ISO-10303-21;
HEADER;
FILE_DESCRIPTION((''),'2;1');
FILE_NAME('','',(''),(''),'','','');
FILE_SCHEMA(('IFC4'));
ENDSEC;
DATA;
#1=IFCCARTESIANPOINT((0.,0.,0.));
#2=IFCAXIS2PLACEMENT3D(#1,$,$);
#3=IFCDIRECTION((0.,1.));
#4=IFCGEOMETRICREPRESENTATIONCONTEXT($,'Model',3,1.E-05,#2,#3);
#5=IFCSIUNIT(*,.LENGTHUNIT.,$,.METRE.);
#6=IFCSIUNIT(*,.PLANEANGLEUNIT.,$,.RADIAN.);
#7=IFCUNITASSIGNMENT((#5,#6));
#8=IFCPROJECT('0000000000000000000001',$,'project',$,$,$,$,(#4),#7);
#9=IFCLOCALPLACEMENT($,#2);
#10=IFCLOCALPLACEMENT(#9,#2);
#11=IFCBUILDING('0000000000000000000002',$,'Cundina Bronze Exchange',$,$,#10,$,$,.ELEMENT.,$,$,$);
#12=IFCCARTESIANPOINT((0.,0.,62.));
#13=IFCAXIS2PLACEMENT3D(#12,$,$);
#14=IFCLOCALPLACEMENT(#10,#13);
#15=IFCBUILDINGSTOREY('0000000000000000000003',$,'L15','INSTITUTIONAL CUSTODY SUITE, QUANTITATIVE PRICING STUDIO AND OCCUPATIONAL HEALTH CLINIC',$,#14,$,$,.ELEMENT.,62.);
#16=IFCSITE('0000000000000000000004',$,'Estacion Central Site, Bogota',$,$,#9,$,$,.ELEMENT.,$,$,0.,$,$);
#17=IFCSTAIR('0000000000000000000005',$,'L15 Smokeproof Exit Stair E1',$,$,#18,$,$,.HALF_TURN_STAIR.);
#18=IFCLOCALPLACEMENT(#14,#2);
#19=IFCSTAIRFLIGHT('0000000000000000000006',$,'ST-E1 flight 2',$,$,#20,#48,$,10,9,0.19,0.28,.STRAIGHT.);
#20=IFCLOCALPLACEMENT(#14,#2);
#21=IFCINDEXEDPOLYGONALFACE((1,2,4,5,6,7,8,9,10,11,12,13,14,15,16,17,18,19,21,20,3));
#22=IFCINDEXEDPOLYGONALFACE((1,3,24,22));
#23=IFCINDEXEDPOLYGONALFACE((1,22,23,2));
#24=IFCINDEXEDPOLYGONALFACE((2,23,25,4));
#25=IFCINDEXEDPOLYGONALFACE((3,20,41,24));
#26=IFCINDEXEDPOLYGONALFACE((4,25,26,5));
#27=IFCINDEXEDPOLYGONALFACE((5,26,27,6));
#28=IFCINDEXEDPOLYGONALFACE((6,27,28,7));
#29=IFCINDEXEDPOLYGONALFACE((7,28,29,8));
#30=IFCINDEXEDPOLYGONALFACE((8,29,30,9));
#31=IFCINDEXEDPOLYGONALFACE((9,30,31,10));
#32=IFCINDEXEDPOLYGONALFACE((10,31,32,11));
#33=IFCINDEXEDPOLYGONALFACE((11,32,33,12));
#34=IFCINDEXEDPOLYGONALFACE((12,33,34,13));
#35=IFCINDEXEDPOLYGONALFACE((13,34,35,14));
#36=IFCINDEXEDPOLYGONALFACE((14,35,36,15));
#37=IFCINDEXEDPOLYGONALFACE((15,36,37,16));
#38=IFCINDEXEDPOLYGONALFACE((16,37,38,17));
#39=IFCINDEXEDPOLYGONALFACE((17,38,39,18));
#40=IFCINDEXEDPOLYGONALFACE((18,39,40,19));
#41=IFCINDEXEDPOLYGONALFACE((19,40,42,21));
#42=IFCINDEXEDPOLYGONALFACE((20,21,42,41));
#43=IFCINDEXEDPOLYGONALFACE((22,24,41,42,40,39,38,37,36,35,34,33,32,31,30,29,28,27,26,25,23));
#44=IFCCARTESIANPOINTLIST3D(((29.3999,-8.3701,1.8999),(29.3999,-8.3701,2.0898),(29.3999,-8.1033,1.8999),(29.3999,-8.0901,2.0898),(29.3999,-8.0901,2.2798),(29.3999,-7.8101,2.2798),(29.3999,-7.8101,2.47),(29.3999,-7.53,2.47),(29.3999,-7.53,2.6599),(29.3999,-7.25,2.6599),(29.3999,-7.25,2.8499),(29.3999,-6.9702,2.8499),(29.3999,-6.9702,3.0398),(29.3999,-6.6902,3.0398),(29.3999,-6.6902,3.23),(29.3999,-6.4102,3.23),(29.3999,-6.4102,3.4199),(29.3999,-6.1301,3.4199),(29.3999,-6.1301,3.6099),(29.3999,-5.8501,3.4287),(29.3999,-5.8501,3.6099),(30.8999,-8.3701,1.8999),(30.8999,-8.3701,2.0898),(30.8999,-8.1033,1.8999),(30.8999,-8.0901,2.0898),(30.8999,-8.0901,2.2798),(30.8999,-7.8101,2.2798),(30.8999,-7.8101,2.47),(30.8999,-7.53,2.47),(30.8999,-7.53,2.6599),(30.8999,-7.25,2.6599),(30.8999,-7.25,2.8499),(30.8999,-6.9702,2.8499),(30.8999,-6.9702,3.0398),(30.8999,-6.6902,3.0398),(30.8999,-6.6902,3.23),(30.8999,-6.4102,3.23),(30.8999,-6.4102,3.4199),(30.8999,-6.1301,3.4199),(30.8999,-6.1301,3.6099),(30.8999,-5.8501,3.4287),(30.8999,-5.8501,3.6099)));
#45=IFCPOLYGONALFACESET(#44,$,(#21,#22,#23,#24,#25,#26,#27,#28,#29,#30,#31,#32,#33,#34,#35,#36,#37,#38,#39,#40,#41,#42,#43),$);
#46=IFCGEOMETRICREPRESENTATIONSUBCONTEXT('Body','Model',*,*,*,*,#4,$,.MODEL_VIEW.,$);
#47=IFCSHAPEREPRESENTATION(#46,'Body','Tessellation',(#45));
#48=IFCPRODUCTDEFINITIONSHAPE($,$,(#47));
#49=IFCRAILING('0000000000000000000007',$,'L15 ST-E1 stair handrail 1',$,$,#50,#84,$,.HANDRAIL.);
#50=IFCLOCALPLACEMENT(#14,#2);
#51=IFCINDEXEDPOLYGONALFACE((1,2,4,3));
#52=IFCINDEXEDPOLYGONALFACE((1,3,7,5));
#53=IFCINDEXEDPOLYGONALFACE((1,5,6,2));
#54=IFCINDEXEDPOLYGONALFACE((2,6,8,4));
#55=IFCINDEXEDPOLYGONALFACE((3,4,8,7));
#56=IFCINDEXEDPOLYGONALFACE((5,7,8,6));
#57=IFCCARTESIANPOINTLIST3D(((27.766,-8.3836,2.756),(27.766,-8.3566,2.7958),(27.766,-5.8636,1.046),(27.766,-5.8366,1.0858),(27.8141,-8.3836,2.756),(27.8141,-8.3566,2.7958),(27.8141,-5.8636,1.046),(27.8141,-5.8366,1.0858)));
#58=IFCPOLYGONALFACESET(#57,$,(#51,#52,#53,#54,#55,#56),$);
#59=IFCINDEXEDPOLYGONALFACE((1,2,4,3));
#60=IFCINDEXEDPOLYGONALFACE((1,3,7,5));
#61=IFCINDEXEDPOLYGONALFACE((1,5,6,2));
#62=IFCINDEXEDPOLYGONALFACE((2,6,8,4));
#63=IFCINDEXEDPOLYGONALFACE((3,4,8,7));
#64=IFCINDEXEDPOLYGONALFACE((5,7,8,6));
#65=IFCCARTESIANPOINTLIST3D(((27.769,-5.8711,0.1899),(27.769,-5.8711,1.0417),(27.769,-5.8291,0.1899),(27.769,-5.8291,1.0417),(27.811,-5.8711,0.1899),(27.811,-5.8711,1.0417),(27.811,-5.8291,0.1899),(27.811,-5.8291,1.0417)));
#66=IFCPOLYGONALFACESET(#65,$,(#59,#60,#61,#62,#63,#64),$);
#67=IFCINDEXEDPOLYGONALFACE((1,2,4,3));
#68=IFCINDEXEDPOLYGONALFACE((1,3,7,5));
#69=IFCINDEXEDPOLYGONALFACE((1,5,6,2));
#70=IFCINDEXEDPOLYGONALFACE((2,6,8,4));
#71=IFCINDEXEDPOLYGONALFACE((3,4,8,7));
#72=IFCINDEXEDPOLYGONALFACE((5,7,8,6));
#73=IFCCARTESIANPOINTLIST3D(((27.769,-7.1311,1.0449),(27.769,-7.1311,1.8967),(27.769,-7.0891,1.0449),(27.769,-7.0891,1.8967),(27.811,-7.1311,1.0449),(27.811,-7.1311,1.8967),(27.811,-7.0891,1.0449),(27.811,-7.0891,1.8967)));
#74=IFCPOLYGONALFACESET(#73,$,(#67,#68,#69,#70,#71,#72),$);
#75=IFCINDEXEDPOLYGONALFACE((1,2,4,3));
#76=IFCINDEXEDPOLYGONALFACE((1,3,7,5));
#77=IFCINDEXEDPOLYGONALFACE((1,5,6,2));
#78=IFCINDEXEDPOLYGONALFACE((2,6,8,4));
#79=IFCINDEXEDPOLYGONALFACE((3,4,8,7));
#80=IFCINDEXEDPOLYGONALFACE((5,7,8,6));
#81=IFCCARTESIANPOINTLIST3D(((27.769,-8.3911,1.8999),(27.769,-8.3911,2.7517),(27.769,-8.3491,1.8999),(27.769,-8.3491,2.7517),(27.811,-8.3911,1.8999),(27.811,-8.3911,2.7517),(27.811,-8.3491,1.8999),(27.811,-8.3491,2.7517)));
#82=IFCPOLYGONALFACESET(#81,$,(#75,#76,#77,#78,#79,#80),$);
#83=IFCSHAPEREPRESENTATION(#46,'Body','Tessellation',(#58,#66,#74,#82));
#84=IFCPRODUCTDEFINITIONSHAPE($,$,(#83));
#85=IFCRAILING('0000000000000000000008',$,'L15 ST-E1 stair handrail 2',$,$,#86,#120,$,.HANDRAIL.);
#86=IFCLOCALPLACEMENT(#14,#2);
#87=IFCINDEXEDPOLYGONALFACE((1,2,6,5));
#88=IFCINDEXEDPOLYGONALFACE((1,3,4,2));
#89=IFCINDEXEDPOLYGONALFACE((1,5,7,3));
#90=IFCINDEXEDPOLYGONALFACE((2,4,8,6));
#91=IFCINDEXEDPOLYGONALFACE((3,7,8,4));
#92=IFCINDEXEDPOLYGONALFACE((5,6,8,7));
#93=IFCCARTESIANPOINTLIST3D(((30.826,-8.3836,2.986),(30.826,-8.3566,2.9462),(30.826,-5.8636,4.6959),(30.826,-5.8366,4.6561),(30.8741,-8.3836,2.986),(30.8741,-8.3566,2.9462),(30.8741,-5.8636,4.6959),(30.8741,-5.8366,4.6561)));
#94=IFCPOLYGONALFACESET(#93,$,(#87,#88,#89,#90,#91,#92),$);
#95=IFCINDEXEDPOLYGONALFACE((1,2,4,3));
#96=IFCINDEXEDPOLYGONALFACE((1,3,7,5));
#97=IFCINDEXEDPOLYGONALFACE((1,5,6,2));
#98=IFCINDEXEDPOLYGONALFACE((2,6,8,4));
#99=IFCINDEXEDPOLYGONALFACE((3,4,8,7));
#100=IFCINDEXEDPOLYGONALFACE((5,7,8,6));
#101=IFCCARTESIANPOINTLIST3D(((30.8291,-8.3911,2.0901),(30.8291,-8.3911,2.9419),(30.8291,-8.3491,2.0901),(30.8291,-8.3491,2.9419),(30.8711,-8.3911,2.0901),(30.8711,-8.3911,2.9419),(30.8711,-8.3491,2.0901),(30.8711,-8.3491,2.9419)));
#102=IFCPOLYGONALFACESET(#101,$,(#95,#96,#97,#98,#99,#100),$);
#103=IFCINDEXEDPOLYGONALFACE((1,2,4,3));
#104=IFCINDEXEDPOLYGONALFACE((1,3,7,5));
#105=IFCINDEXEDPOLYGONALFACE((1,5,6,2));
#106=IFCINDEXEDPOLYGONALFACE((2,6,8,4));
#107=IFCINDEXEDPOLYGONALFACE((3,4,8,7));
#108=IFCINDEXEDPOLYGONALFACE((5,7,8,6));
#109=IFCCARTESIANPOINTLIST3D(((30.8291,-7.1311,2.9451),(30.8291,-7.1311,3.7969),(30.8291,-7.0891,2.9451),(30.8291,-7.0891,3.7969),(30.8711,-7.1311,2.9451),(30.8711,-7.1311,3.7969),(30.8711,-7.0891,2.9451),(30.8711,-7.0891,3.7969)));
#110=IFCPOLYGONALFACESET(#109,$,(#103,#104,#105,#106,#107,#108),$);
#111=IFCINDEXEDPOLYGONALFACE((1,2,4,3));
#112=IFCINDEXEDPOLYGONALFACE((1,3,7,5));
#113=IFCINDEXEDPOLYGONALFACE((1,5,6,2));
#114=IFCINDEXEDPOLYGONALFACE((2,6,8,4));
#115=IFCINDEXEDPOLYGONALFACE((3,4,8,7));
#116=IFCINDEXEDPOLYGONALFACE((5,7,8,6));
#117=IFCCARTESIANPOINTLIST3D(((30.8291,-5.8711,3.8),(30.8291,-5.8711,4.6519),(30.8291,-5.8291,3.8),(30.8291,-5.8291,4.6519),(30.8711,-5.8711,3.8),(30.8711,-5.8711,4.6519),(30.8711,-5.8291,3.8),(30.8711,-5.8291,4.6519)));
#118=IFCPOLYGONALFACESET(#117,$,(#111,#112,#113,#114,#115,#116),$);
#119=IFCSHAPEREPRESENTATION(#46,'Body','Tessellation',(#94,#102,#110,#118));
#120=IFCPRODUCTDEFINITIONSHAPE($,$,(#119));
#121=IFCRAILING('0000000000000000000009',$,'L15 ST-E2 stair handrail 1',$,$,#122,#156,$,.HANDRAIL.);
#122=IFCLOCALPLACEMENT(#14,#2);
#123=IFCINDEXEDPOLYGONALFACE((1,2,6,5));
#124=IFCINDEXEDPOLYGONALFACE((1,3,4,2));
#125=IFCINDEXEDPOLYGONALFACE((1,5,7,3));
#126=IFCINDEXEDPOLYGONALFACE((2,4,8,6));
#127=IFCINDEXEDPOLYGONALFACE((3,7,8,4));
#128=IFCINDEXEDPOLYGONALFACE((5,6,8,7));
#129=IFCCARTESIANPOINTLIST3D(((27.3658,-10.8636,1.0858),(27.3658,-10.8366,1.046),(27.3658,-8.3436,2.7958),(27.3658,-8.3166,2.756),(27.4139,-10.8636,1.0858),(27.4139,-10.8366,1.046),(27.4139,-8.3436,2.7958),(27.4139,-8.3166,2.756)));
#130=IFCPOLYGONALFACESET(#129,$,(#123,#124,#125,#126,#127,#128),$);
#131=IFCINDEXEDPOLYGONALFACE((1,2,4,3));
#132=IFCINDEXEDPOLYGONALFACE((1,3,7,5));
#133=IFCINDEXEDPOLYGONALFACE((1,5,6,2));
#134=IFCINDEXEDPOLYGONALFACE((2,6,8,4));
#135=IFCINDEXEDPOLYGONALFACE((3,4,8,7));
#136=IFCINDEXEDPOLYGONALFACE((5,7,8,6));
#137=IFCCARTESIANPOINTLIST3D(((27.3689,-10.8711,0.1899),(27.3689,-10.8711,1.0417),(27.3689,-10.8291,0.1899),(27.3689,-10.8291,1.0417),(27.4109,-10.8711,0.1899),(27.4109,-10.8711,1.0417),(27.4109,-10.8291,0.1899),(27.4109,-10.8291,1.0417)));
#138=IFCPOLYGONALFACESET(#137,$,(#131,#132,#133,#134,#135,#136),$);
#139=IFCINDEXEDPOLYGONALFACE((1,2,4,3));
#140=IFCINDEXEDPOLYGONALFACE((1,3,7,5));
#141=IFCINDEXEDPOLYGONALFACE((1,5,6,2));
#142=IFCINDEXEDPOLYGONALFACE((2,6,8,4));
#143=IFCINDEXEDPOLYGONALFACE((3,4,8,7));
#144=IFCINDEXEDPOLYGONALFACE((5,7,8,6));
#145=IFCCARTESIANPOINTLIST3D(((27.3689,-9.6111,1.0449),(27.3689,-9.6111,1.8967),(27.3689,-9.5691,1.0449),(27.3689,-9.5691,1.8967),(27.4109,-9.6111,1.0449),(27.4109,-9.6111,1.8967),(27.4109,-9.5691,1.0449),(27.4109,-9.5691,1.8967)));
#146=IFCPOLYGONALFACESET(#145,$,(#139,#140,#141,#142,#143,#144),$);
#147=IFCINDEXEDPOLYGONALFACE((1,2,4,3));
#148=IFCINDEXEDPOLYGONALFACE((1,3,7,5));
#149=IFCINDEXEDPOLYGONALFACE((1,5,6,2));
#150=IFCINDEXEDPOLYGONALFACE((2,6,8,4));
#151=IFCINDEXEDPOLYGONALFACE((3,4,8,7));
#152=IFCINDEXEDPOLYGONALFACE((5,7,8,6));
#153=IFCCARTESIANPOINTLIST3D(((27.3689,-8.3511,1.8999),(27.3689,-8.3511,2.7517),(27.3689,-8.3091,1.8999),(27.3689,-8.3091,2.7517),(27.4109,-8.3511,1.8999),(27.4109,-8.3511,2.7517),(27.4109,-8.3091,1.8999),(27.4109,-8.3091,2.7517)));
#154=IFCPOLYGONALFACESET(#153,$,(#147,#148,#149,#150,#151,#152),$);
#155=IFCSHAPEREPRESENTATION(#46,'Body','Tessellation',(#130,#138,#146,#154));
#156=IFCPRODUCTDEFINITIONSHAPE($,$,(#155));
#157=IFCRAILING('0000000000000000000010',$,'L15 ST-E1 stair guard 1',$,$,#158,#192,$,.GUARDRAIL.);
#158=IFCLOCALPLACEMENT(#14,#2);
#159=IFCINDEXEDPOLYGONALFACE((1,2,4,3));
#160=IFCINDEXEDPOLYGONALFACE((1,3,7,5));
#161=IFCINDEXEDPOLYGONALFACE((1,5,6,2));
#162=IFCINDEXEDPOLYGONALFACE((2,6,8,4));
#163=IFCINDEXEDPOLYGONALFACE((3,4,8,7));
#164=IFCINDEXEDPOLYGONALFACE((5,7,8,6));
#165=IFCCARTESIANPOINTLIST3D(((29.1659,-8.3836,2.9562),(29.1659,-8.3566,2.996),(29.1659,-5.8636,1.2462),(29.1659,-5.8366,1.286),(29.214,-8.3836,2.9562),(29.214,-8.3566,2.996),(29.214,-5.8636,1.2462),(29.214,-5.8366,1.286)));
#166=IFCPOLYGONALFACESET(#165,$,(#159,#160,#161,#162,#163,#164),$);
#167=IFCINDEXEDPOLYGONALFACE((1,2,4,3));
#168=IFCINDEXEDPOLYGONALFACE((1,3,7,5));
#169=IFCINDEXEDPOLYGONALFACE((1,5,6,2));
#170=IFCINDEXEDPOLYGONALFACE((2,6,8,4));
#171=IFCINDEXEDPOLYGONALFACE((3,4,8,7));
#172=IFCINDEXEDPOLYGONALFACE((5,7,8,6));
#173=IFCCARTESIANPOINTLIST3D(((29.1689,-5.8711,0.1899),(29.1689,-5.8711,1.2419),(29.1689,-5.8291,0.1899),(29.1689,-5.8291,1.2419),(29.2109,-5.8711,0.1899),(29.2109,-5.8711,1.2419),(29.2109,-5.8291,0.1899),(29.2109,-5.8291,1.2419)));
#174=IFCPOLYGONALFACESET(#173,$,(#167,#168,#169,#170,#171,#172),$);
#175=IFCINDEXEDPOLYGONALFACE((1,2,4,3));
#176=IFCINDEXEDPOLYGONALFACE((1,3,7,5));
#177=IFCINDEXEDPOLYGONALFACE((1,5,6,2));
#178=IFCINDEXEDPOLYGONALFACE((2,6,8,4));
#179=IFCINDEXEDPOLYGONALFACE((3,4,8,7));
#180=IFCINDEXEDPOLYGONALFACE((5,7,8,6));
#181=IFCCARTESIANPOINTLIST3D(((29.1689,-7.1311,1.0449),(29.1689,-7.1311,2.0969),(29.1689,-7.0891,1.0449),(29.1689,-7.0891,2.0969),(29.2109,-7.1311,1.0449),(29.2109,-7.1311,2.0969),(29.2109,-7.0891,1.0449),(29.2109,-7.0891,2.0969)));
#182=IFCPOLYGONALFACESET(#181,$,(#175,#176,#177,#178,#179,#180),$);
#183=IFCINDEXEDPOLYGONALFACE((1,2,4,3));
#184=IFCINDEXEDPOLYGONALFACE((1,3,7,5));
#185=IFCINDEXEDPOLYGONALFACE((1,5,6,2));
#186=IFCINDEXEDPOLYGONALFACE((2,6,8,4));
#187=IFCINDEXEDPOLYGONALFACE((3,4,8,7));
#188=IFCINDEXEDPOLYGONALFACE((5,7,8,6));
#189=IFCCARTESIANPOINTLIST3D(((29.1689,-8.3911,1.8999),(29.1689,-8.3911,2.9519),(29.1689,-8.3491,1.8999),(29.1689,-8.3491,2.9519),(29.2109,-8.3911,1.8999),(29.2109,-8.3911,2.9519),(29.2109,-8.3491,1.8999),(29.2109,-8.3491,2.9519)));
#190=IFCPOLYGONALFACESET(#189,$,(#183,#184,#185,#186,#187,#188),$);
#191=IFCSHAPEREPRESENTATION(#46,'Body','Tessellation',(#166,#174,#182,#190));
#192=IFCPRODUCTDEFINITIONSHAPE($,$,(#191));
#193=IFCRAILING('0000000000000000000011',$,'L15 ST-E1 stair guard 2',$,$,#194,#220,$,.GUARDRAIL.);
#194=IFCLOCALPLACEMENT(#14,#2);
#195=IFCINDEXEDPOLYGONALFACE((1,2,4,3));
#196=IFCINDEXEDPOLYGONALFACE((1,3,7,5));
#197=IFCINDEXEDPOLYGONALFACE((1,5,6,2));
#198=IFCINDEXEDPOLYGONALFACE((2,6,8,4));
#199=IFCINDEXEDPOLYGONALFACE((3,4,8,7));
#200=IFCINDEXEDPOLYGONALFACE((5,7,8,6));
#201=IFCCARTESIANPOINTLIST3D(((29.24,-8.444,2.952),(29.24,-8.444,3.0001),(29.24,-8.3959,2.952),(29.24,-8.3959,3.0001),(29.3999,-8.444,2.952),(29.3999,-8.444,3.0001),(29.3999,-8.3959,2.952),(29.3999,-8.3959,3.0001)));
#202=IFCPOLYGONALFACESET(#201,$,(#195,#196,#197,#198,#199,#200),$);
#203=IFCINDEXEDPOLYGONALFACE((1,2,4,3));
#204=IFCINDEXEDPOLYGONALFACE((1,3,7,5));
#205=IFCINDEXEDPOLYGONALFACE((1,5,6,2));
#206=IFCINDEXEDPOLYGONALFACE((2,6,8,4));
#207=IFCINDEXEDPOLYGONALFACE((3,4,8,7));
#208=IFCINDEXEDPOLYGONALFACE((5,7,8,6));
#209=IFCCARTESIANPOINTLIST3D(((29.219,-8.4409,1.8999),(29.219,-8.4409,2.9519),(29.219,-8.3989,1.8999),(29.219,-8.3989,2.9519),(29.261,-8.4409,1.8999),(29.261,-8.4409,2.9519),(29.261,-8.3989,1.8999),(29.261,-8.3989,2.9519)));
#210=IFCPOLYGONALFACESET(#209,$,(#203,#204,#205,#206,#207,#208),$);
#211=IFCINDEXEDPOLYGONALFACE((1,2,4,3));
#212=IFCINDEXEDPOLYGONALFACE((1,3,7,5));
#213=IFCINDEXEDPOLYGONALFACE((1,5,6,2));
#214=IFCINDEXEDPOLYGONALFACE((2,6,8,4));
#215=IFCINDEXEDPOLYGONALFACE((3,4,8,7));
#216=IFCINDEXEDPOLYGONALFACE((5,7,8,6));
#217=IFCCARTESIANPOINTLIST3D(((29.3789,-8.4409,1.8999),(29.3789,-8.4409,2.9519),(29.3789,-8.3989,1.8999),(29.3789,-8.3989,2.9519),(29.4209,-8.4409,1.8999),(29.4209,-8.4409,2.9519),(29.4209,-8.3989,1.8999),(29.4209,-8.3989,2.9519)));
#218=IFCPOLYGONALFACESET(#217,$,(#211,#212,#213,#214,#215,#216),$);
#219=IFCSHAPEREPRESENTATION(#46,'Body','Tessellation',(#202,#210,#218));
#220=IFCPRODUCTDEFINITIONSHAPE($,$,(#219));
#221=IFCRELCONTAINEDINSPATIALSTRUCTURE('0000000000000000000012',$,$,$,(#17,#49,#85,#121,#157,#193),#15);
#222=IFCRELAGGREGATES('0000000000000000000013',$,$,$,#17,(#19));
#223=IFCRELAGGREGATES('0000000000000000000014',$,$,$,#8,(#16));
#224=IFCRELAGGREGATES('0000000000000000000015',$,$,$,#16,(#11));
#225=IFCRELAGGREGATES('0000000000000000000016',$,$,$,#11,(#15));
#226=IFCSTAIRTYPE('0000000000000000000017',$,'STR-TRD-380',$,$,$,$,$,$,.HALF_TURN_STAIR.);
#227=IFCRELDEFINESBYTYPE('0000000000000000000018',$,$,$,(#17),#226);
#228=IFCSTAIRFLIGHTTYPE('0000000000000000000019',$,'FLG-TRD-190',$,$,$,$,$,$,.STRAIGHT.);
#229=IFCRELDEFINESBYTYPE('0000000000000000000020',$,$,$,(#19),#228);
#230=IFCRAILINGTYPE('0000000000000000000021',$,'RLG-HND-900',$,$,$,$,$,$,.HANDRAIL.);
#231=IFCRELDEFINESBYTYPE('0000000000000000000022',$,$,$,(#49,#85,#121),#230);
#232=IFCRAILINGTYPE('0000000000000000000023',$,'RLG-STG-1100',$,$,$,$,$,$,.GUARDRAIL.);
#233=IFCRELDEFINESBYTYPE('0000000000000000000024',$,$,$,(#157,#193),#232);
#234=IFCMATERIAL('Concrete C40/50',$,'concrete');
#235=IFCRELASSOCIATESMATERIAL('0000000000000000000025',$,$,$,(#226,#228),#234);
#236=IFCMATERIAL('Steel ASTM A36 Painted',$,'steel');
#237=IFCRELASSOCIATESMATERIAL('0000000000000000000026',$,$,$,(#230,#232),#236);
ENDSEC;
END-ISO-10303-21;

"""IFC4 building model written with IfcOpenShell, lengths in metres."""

from ifc_helpers import new_model, si_unit, direction, frame, origin, origin_2d, place, context, subcontext, project, spatial, polyline, rectangle, outline, extrude, material, type_object, element, aggregate, save


model = new_model("IFC4")

# Units and contexts
model_context = context("Model", 3, precision=1e-05, world=origin(), true_north=direction((0.0, 1.0)))
body_context = subcontext(model_context, "Body", "Model", "MODEL_VIEW")
ifc_project = project(units=[si_unit("LENGTHUNIT", "METRE"), si_unit("PLANEANGLEUNIT", "RADIAN")], contexts=[model_context])

# Site, building, storey
site_placement = place(None, origin())
site = spatial("IfcSite", under=ifc_project, at=site_placement, Name="Estacion Central Site, Bogota", CompositionType="ELEMENT", RefElevation=0.0)
building_placement = place(site_placement, origin())
building = spatial("IfcBuilding", under=site, at=building_placement, Name="Cundina Bronze Exchange", CompositionType="ELEMENT")
storey_placement = place(building_placement, frame((0.0, 0.0, 62.0)))
storey = spatial("IfcBuildingStorey", under=building, at=storey_placement, Name="L15", Description="INSTITUTIONAL CUSTODY SUITE, QUANTITATIVE PRICING STUDIO AND OCCUPATIONAL HEALTH CLINIC", CompositionType="ELEMENT", Elevation=62.0)

# Stair, stair flight
ifc_material_1 = material(Name="Concrete C40/50", Category="concrete")
stair_type = type_object("IfcStairType", Name="STR-TRD-380", PredefinedType="HALF_TURN_STAIR", material=ifc_material_1)
stair_placement = place(storey_placement, origin())
stair = element("IfcStair", 1, at=stair_placement, inside=storey, type_object=stair_type, Name="L15 Smokeproof Exit Stair E1", PredefinedType="HALF_TURN_STAIR")
stair_flight_type = type_object("IfcStairFlightType", Name="FLG-TRD-190", PredefinedType="STRAIGHT", material=ifc_material_1)
stair_flight_1_placement = place(storey_placement, frame((30.1499, -8.3701, 1.8999), z_axis=(0.0, 0.0, 1.0), x_axis=(0.0, 1.0, 0.0)))
stair_flight_1 = element("IfcStairFlight", 2, at=stair_flight_1_placement, type_object=stair_flight_type, Name="ST-E1 flight 2", NumberOfRisers=10, NumberOfTreads=9, PredefinedType="STRAIGHT", RiserHeight=0.19, TreadLength=0.28, context=body_context, shape_type="SweptSolid", body=[
    extrude(outline(polyline([(0.0, 0.0), (0.0, 0.1899), (0.28, 0.1899), (0.28, 0.3799), (0.5601, 0.3799), (0.5601, 0.5701), (0.8401, 0.5701), (0.8401, 0.76), (1.1201, 0.76), (1.1201, 0.95), (1.3999, 0.95), (1.3999, 1.1399), (1.6799, 1.1399), (1.6799, 1.3301), (1.96, 1.3301), (1.96, 1.52), (2.24, 1.52), (2.24, 1.71), (2.52, 1.71), (2.52, 1.8999), (2.52, 1.5288), (0.2668, 0.0), (0.0, 0.0)])), frame((0.0, 0.75, 0.0), z_axis=(0.0, -1.0, 0.0), x_axis=(1.0, 0.0, 0.0)), (0.0, 0.0, 1.0), 1.5),
])
aggregate(stair, [stair_flight_1])

# Railings
ifc_material_2 = material(Name="Steel ASTM A36 Painted", Category="steel")
railing_type_1 = type_object("IfcRailingType", Name="RLG-HND-900", PredefinedType="HANDRAIL", material=ifc_material_2)
railing_1_placement = place(storey_placement, frame((27.79, -5.8501, 0.1899)))
element("IfcRailing", 3, at=railing_1_placement, inside=storey, type_object=railing_type_1, Name="L15 ST-E1 stair handrail 1", PredefinedType="HANDRAIL", context=body_context, shape_type="SweptSolid", body=[
    extrude(rectangle(XDim=0.0481, YDim=0.0481, at=origin_2d()), frame((0.0, 0.0, 0.876), z_axis=(0.0, -0.827484, 0.56149), x_axis=(1.0, 0.0, 0.0)), (0.0, 0.0, 1.0), 3.0454),
    extrude(rectangle(XDim=0.042, YDim=0.042, at=origin_2d()), origin(), (0.0, 0.0, 1.0), 0.8518),
    extrude(rectangle(XDim=0.042, YDim=0.042, at=origin_2d()), frame((0.0, -1.26, 0.855)), (0.0, 0.0, 1.0), 0.8518),
    extrude(rectangle(XDim=0.042, YDim=0.042, at=origin_2d()), frame((0.0, -2.52, 1.71)), (0.0, 0.0, 1.0), 0.8518),
])
for number, where, name in (
    (4, (30.8501, -8.3701, 2.0901), "L15 ST-E1 stair handrail 2"),
    (5, (27.3899, -10.8501, 0.1899), "L15 ST-E2 stair handrail 1"),
):
    element("IfcRailing", number, at=place(storey_placement, frame(where)), inside=storey, type_object=railing_type_1, Name=name, PredefinedType="HANDRAIL", context=body_context, shape_type="SweptSolid", body=[
        extrude(rectangle(XDim=0.0481, YDim=0.0481, at=origin_2d()), frame((0.0, 0.0, 0.876), z_axis=(0.0, 0.827484, 0.56149), x_axis=(-1.0, 0.0, 0.0)), (0.0, 0.0, 1.0), 3.0454),
        extrude(rectangle(XDim=0.042, YDim=0.042, at=origin_2d()), origin(), (0.0, 0.0, 1.0), 0.8518),
        extrude(rectangle(XDim=0.042, YDim=0.042, at=origin_2d()), frame((0.0, 1.26, 0.855)), (0.0, 0.0, 1.0), 0.8518),
        extrude(rectangle(XDim=0.042, YDim=0.042, at=origin_2d()), frame((0.0, 2.52, 1.71)), (0.0, 0.0, 1.0), 0.8518),
    ])
railing_type_2 = type_object("IfcRailingType", Name="RLG-STG-1100", PredefinedType="GUARDRAIL", material=ifc_material_2)
railing_2_placement = place(storey_placement, frame((29.1899, -5.8501, 0.1899)))
element("IfcRailing", 6, at=railing_2_placement, inside=storey, type_object=railing_type_2, Name="L15 ST-E1 stair guard 1", PredefinedType="GUARDRAIL", context=body_context, shape_type="SweptSolid", body=[
    extrude(rectangle(XDim=0.0481, YDim=0.0481, at=origin_2d()), frame((0.0, 0.0, 1.0762), z_axis=(0.0, -0.827484, 0.56149), x_axis=(1.0, 0.0, 0.0)), (0.0, 0.0, 1.0), 3.0454),
    extrude(rectangle(XDim=0.042, YDim=0.042, at=origin_2d()), origin(), (0.0, 0.0, 1.0), 1.052),
    extrude(rectangle(XDim=0.042, YDim=0.042, at=origin_2d()), frame((0.0, -1.26, 0.855)), (0.0, 0.0, 1.0), 1.052),
    extrude(rectangle(XDim=0.042, YDim=0.042, at=origin_2d()), frame((0.0, -2.52, 1.71)), (0.0, 0.0, 1.0), 1.052),
])
railing_3_placement = place(storey_placement, frame((29.24, -8.4199, 1.8999)))
element("IfcRailing", 7, at=railing_3_placement, inside=storey, type_object=railing_type_2, Name="L15 ST-E1 stair guard 2", PredefinedType="GUARDRAIL", context=body_context, shape_type="SweptSolid", body=[
    extrude(rectangle(XDim=0.0481, YDim=0.0481, at=origin_2d()), frame((0.0, 0.0, 1.0762), z_axis=(1.0, 0.0, 0.0), x_axis=(0.0, 1.0, 0.0)), (0.0, 0.0, 1.0), 0.1599),
    extrude(rectangle(XDim=0.042, YDim=0.042, at=origin_2d()), origin(), (0.0, 0.0, 1.0), 1.052),
    extrude(rectangle(XDim=0.042, YDim=0.042, at=origin_2d()), frame((0.1599, 0.0, 0.0)), (0.0, 0.0, 1.0), 1.052),
])

save(model, "model.ifc")
